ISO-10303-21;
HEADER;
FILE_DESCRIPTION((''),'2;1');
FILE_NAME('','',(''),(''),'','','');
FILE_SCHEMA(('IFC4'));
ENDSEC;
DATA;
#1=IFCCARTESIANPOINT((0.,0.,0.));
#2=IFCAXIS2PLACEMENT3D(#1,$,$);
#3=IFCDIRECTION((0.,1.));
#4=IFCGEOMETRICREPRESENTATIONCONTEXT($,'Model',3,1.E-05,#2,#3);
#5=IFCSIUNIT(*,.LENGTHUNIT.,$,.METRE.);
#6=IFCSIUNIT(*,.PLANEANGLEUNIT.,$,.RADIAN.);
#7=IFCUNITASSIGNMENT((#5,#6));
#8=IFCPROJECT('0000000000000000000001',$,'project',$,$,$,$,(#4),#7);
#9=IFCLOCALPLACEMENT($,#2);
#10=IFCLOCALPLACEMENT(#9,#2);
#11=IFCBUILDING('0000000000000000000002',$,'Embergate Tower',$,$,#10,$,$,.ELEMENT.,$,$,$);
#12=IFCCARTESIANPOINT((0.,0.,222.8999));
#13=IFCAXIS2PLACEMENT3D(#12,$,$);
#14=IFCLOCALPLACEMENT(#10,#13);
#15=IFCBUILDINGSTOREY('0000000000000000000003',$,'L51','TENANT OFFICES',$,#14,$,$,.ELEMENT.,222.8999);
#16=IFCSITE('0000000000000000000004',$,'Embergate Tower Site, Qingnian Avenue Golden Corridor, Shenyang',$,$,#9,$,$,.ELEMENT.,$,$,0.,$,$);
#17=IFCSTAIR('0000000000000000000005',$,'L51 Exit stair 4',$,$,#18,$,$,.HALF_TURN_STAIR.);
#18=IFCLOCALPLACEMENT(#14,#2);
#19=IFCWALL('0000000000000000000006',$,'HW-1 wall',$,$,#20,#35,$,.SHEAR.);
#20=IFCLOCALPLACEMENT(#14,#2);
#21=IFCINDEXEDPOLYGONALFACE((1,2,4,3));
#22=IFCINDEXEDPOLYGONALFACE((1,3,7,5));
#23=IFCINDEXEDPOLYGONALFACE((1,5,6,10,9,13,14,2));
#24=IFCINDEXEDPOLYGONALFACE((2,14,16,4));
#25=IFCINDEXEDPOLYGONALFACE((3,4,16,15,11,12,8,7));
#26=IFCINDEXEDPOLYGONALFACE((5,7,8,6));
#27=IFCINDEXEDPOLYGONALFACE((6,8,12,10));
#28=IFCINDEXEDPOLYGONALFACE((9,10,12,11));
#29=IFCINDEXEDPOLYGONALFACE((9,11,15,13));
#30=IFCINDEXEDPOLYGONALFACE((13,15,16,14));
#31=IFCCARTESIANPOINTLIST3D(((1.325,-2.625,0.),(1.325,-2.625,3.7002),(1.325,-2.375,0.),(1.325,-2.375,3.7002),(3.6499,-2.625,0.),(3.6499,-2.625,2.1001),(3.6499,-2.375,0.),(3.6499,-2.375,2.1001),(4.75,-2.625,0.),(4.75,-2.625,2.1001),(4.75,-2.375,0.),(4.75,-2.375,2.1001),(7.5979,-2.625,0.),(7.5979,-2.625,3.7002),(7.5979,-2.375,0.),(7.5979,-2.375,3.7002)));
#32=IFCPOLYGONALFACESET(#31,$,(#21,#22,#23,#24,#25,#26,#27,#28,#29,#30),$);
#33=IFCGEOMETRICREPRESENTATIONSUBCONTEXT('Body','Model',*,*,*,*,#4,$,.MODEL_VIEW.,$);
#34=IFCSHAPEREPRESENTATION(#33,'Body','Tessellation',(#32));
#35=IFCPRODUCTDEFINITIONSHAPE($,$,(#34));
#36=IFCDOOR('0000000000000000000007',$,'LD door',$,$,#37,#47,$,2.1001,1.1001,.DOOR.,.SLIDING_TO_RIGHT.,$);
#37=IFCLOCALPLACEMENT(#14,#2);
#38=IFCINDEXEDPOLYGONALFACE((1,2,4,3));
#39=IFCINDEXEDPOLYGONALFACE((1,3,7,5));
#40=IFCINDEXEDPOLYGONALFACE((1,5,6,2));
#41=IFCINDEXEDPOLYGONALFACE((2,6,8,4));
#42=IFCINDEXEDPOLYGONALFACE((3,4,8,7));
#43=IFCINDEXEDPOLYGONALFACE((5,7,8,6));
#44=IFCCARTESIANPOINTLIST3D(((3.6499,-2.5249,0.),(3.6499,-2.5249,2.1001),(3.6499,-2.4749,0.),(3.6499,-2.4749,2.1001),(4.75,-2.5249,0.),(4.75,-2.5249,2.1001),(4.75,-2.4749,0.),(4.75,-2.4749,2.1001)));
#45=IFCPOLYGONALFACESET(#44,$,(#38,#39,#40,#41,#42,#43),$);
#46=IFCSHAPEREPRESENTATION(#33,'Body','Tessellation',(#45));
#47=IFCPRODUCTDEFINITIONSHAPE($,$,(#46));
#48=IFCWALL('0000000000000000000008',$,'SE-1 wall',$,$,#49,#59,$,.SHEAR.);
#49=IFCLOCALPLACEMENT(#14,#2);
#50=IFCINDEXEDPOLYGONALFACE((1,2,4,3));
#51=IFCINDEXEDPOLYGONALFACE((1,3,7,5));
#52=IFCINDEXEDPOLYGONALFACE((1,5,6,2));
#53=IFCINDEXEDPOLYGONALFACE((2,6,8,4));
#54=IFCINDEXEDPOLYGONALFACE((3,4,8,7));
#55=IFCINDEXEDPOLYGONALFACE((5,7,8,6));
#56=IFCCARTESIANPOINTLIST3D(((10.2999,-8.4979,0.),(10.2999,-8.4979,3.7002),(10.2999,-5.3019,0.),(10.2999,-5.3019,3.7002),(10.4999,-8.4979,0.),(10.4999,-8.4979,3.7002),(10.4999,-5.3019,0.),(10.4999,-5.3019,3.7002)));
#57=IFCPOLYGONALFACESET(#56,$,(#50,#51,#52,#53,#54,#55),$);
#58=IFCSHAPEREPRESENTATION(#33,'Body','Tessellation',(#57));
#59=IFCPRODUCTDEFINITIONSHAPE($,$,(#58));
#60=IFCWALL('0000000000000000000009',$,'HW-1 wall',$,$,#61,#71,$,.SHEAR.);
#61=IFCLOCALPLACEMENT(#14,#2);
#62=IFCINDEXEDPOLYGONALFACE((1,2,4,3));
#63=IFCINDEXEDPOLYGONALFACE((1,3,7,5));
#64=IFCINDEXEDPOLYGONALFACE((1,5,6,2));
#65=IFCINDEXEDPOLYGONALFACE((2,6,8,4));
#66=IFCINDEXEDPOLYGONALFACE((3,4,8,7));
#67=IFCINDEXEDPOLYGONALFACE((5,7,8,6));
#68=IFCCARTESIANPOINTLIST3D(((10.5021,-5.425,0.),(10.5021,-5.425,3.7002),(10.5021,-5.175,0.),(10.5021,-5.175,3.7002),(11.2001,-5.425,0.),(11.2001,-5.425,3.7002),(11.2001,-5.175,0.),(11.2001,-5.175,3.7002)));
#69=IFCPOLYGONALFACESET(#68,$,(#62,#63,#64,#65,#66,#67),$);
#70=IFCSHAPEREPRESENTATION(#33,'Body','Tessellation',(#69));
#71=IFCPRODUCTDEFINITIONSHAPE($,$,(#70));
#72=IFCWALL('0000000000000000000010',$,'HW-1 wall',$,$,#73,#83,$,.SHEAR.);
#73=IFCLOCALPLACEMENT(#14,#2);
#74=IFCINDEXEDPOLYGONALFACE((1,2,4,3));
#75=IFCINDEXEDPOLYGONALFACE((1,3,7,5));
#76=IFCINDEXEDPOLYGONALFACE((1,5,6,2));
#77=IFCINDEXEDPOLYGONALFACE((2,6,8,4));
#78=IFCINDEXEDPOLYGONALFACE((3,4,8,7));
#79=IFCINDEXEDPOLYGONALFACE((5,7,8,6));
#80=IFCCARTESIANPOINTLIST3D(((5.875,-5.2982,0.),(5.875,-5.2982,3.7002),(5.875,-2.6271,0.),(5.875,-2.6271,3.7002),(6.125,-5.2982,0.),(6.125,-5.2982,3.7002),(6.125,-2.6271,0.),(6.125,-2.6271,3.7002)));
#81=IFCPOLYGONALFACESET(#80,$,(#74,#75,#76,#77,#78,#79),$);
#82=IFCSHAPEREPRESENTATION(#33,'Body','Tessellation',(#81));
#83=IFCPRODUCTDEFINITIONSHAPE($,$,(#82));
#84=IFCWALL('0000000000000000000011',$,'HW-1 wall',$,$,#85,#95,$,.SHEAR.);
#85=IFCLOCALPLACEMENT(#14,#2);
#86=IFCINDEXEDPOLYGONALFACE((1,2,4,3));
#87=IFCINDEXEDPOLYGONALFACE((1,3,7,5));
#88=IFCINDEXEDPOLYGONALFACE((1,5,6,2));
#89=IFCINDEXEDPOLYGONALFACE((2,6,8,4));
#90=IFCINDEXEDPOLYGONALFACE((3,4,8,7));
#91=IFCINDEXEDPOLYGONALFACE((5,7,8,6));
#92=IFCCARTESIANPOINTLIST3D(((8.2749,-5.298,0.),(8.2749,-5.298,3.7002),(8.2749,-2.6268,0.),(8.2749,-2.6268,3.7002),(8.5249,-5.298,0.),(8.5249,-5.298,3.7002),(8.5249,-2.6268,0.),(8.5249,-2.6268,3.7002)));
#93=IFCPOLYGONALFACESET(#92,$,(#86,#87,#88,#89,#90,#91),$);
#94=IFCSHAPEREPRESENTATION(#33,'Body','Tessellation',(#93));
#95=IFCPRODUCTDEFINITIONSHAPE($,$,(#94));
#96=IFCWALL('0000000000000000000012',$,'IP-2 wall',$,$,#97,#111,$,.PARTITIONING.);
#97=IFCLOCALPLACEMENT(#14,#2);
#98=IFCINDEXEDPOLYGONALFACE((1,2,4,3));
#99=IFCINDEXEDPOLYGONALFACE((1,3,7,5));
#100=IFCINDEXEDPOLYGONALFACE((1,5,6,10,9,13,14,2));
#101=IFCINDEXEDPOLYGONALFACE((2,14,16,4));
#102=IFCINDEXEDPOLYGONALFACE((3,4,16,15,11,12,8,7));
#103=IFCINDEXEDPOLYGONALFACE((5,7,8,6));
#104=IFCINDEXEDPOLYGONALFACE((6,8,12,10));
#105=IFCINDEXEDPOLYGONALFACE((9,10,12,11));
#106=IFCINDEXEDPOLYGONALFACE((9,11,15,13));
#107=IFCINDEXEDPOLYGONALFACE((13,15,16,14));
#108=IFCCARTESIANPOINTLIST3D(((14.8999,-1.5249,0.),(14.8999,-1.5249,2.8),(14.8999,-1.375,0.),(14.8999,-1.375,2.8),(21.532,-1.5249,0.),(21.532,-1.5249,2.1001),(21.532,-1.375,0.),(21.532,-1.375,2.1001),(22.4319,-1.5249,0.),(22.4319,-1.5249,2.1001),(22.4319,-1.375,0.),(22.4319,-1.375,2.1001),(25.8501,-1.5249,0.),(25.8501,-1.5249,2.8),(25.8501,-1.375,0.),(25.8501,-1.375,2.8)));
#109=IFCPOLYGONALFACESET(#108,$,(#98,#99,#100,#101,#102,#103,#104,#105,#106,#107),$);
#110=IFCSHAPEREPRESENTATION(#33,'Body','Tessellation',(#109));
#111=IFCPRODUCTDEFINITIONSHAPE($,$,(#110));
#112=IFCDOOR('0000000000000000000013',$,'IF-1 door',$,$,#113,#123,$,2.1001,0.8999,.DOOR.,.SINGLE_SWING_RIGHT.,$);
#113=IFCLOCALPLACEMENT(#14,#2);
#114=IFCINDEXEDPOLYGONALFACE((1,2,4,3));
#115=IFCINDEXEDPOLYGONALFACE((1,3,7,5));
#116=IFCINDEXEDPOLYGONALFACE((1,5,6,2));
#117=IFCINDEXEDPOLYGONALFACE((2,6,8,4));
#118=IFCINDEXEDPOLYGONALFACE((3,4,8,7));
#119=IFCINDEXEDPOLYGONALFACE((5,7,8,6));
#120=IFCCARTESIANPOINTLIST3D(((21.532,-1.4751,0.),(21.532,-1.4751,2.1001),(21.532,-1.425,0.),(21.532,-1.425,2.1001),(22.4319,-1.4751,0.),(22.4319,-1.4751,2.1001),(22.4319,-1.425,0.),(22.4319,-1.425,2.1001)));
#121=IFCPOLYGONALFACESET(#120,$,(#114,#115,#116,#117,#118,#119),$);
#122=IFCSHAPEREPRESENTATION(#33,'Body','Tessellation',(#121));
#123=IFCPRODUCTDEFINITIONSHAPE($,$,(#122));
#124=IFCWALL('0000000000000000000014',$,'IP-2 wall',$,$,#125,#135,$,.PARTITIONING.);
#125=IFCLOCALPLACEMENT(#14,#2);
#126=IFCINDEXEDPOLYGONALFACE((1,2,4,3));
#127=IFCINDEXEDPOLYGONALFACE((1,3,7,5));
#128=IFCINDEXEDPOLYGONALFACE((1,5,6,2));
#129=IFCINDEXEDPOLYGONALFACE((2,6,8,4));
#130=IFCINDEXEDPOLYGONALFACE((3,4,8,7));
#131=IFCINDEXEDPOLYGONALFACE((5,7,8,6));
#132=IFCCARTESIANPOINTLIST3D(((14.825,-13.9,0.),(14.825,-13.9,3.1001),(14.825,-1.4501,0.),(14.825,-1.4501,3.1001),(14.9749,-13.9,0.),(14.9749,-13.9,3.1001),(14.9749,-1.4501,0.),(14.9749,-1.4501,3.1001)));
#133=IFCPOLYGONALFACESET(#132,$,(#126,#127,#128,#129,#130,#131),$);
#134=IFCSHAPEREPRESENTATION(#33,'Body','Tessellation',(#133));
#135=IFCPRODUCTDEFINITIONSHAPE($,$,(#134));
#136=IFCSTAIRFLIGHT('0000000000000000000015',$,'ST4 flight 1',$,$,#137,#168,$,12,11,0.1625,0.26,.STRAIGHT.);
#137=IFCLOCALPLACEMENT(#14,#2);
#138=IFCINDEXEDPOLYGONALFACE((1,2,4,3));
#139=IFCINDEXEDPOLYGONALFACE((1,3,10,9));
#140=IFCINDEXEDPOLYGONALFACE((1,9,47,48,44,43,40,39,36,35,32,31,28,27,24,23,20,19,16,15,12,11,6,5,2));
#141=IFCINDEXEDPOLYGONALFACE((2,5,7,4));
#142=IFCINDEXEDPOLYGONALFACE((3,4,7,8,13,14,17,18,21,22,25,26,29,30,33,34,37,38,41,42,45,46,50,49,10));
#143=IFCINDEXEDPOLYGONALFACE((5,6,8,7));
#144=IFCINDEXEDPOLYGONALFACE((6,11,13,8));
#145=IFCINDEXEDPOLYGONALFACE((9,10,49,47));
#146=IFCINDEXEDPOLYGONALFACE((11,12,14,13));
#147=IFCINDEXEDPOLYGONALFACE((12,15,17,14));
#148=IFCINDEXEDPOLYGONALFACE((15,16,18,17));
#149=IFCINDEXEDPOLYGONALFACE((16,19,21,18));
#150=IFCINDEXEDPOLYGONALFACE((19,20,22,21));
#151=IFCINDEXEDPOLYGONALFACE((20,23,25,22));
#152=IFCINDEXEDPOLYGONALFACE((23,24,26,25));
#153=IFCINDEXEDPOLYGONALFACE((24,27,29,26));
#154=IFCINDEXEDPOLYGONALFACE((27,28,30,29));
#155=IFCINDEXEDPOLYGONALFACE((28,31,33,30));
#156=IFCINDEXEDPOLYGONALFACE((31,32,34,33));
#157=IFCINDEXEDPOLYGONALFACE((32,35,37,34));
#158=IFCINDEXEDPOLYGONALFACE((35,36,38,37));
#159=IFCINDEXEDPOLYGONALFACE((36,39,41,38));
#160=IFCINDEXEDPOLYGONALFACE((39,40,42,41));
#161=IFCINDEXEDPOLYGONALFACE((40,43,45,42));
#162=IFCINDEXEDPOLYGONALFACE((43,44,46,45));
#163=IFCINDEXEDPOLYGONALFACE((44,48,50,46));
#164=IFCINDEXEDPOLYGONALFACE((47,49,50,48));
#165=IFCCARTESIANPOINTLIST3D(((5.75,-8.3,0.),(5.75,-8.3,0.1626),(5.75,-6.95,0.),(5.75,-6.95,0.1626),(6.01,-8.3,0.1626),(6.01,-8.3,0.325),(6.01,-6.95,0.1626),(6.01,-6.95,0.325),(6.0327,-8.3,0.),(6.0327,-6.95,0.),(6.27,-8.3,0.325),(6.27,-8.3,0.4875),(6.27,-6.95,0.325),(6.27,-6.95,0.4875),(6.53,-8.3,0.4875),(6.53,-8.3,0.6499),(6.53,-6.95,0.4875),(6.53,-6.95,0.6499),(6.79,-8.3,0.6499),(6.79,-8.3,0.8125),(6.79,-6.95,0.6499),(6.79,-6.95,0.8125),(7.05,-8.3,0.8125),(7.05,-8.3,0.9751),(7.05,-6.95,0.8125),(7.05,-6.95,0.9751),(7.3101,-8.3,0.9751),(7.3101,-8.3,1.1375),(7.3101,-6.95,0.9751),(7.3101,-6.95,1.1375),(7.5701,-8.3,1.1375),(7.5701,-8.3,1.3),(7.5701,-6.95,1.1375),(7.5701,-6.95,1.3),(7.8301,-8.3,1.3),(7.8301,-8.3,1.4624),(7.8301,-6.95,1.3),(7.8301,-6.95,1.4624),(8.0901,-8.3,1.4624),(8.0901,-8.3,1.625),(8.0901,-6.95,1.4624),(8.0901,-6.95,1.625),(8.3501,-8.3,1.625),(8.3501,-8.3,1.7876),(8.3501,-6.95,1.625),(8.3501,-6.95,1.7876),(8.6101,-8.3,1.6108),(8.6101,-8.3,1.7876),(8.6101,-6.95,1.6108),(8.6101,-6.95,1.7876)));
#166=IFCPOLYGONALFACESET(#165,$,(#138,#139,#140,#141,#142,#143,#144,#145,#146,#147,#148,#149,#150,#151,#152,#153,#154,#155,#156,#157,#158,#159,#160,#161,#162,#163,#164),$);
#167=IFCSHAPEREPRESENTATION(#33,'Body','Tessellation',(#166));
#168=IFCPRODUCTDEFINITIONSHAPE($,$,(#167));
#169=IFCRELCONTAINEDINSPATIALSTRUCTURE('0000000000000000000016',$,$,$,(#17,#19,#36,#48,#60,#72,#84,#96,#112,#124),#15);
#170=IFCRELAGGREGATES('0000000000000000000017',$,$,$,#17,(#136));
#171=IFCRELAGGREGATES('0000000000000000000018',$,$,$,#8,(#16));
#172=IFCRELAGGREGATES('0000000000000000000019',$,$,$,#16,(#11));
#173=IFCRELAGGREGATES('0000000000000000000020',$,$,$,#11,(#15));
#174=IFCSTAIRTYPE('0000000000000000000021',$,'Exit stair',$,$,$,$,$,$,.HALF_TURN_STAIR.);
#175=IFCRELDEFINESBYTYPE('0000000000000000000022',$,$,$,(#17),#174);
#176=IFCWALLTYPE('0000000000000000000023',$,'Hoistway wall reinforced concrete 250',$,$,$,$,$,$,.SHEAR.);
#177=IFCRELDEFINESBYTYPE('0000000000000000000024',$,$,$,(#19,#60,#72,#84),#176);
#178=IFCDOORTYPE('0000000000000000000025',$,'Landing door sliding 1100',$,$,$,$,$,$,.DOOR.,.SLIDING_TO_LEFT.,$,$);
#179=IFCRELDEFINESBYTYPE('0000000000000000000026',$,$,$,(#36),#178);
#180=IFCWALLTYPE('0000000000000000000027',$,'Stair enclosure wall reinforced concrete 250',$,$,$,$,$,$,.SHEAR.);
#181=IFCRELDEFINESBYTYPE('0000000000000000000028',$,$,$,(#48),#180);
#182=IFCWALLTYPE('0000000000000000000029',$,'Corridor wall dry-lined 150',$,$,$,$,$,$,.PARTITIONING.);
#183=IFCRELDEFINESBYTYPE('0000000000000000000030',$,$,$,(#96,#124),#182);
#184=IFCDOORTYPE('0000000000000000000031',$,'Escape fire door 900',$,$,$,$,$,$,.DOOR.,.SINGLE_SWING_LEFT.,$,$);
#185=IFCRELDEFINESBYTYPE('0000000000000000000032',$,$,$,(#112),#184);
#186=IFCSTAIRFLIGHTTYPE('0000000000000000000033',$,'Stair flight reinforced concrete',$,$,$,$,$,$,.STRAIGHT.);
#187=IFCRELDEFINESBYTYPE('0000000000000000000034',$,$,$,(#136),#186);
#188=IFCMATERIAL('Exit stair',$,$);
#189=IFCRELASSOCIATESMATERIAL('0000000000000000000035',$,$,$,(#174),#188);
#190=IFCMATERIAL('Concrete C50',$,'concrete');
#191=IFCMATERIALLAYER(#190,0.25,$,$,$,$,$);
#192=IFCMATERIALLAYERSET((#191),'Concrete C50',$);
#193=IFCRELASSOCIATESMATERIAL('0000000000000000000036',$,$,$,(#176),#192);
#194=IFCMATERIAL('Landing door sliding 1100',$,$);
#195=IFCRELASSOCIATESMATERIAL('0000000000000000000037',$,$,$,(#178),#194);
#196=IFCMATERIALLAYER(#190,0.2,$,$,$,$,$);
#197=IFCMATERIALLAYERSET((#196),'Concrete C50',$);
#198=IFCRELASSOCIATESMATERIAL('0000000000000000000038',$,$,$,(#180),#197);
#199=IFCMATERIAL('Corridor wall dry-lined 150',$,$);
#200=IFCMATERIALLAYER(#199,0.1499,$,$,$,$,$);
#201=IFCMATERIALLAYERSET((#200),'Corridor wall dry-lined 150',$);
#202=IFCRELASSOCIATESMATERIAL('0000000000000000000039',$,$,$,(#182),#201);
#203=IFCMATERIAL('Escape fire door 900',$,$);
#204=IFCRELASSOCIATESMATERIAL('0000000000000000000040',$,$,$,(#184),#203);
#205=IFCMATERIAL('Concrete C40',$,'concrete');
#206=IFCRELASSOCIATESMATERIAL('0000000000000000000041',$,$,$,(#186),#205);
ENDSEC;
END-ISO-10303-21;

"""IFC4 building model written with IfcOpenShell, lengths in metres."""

from ifc_helpers import new_model, si_unit, direction, frame, frame_2d, origin, place, context, subcontext, project, spatial, polyline, rectangle, outline, extrude, source, transform, mapped, material, layer, layer_set, type_object, element, fill, aggregate, save


model = new_model("IFC4")

# Units and contexts
model_context = context("Model", 3, precision=1e-05, world=origin(), true_north=direction((0.0, 1.0)))
body_context = subcontext(model_context, "Body", "Model", "MODEL_VIEW")
ifc_project = project(units=[si_unit("LENGTHUNIT", "METRE"), si_unit("PLANEANGLEUNIT", "RADIAN")], contexts=[model_context])

# Site, building, storey
site_placement = place(None, origin())
site = spatial("IfcSite", under=ifc_project, at=site_placement, Name="Embergate Tower Site, Qingnian Avenue Golden Corridor, Shenyang", CompositionType="ELEMENT", RefElevation=0.0)
building_placement = place(site_placement, origin())
building = spatial("IfcBuilding", under=site, at=building_placement, Name="Embergate Tower", CompositionType="ELEMENT")
storey_placement = place(building_placement, frame((0.0, 0.0, 222.8999)))
storey = spatial("IfcBuildingStorey", under=building, at=storey_placement, Name="L51", Description="TENANT OFFICES", CompositionType="ELEMENT", Elevation=222.8999)

# Stair
ifc_material_1 = material(Name="Exit stair")
stair_type = type_object("IfcStairType", Name="Exit stair", PredefinedType="HALF_TURN_STAIR", material=ifc_material_1)
stair_placement = place(storey_placement, origin())
stair = element("IfcStair", 1, at=stair_placement, inside=storey, type_object=stair_type, Name="L51 Exit stair 4", PredefinedType="HALF_TURN_STAIR")
ifc_material_2 = material(Name="Concrete C40", Category="concrete")

# Shared definitions
ifc_material_3 = material(Name="Concrete C50", Category="concrete")
ifc_layer_1 = layer(ifc_material_3, 0.25)
ifc_layer_set_1 = layer_set([ifc_layer_1], Name="Concrete C50")
wall_type_1 = type_object("IfcWallType", Name="Hoistway wall reinforced concrete 250", PredefinedType="SHEAR", material=ifc_layer_set_1)

# Wall, opening, door
shared_shape_1 = source(origin(), body_context, "Body", "SweptSolid", [
    extrude(rectangle(XDim=1.1001, YDim=2.1001, at=frame_2d((0.55, 1.05))), frame((0.0, 0.135, 0.0), z_axis=(0.0, -1.0, 0.0), x_axis=(1.0, 0.0, 0.0)), (0.0, 0.0, 1.0), 0.27),
])
ifc_material_4 = material(Name="Landing door sliding 1100")
door_type_1 = type_object("IfcDoorType", Name="Landing door sliding 1100", OperationType="SLIDING_TO_LEFT", PredefinedType="DOOR", material=ifc_material_4)
shared_shape_2 = source(origin(), body_context, "Body", "SweptSolid", [
    extrude(rectangle(XDim=1.1001, YDim=2.1001, at=frame_2d((0.55, 1.05))), frame((0.0, 0.0249, 0.0), z_axis=(0.0, -1.0, 0.0), x_axis=(1.0, 0.0, 0.0)), (0.0, 0.0, 1.0), 0.05),
])
shared_shape_3 = source(origin(), body_context, "Body", "SweptSolid", [
    extrude(rectangle(XDim=6.2729, YDim=0.25, at=frame_2d((3.1365, 0.0))), origin(), (0.0, 0.0, 1.0), 3.7002),
])
wall_1_placement = place(storey_placement, frame((7.5979, -2.5, 0.0), z_axis=(0.0, 0.0, 1.0), x_axis=(-1.0, 0.0, 0.0)))
wall_1 = element("IfcWall", 2, at=wall_1_placement, inside=storey, type_object=wall_type_1, Name="HW-1 wall", PredefinedType="SHEAR", context=body_context, shape_type="MappedRepresentation", body=[
    mapped(shared_shape_3, transform((0.0, 0.0, 0.0))),
])
opening_1_placement = place(wall_1_placement, frame((2.8479, 0.0, 0.0)))
opening_1 = element("IfcOpeningElement", 3, at=opening_1_placement, cuts=wall_1, PredefinedType="OPENING", context=body_context, shape_type="MappedRepresentation", body=[
    mapped(shared_shape_1, transform((0.0, 0.0, 0.0))),
])
door_1_placement = place(opening_1_placement, origin())
door_1 = element("IfcDoor", 4, at=door_1_placement, inside=storey, type_object=door_type_1, Name="LD door", OperationType="SLIDING_TO_RIGHT", OverallHeight=2.1001, OverallWidth=1.1001, PredefinedType="DOOR", context=body_context, shape_type="MappedRepresentation", body=[
    mapped(shared_shape_2, transform((0.0, 0.0, 0.0))),
])
fill(opening_1, door_1)

# Walls
ifc_layer_2 = layer(ifc_material_3, 0.2)
ifc_layer_set_2 = layer_set([ifc_layer_2], Name="Concrete C50")
wall_type_2 = type_object("IfcWallType", Name="Stair enclosure wall reinforced concrete 250", PredefinedType="SHEAR", material=ifc_layer_set_2)
shared_shape_4 = source(origin(), body_context, "Body", "SweptSolid", [
    extrude(rectangle(XDim=3.196, YDim=0.2, at=frame_2d((1.5981, 0.0))), origin(), (0.0, 0.0, 1.0), 3.7002),
])
wall_2_placement = place(storey_placement, frame((10.3999, -8.498, 0.0), z_axis=(0.0, 0.0, 1.0), x_axis=(0.0, 1.0, 0.0)))
element("IfcWall", 5, at=wall_2_placement, inside=storey, type_object=wall_type_2, Name="SE-1 wall", PredefinedType="SHEAR", context=body_context, shape_type="MappedRepresentation", body=[
    mapped(shared_shape_4, transform((0.0, 0.0, 0.0))),
])
shared_shape_5 = source(origin(), body_context, "Body", "SweptSolid", [
    extrude(rectangle(XDim=0.698, YDim=0.25, at=frame_2d((0.3491, 0.0))), origin(), (0.0, 0.0, 1.0), 3.7002),
])
wall_3_placement = place(storey_placement, frame((10.502, -5.3, 0.0), z_axis=(0.0, 0.0, 1.0), x_axis=(1.0, 0.0, 0.0)))
element("IfcWall", 6, at=wall_3_placement, inside=storey, type_object=wall_type_1, Name="HW-1 wall", PredefinedType="SHEAR", context=body_context, shape_type="MappedRepresentation", body=[
    mapped(shared_shape_5, transform((0.0, 0.0, 0.0))),
])
shared_shape_6 = source(origin(), body_context, "Body", "SweptSolid", [
    extrude(rectangle(XDim=2.6711, YDim=0.25, at=frame_2d((1.3354, 0.0))), origin(), (0.0, 0.0, 1.0), 3.7002),
])
for number, where, z_axis, x_axis, name in (
    (7, (6.0, -5.2981, 0.0), (0.0, 0.0, 1.0), (0.0, 1.0, 0.0), "HW-1 wall"),
    (8, (8.3999, -2.627, 0.0), (0.0, 0.0, 1.0), (0.0, -1.0, 0.0), "HW-1 wall"),
):
    element("IfcWall", number, at=place(storey_placement, frame(where, z_axis=z_axis, x_axis=x_axis)), inside=storey, type_object=wall_type_1, Name=name, PredefinedType="SHEAR", context=body_context, shape_type="MappedRepresentation", body=[
        mapped(shared_shape_6, transform((0.0, 0.0, 0.0))),
    ])

# Wall, opening, door
ifc_material_5 = material(Name="Corridor wall dry-lined 150")
ifc_layer_3 = layer(ifc_material_5, 0.1499)
ifc_layer_set_3 = layer_set([ifc_layer_3], Name="Corridor wall dry-lined 150")
wall_type_3 = type_object("IfcWallType", Name="Corridor wall dry-lined 150", PredefinedType="PARTITIONING", material=ifc_layer_set_3)
shared_shape_7 = source(origin(), body_context, "Body", "SweptSolid", [
    extrude(rectangle(XDim=10.9502, YDim=0.1499, at=frame_2d((5.4751, 0.0))), origin(), (0.0, 0.0, 1.0), 2.8),
])
wall_4_placement = place(storey_placement, frame((14.8999, -1.45, 0.0), z_axis=(0.0, 0.0, 1.0), x_axis=(1.0, 0.0, 0.0)))
wall_4 = element("IfcWall", 9, at=wall_4_placement, inside=storey, type_object=wall_type_3, Name="IP-2 wall", PredefinedType="PARTITIONING", context=body_context, shape_type="MappedRepresentation", body=[
    mapped(shared_shape_7, transform((0.0, 0.0, 0.0))),
])
shared_shape_8 = source(origin(), body_context, "Body", "SweptSolid", [
    extrude(rectangle(XDim=0.8999, YDim=2.1001, at=frame_2d((0.45, 1.05))), frame((0.0, 0.085, 0.0), z_axis=(0.0, -1.0, 0.0), x_axis=(1.0, 0.0, 0.0)), (0.0, 0.0, 1.0), 0.1699),
])
opening_2_placement = place(wall_4_placement, frame((6.6321, 0.0, 0.0)))
opening_2 = element("IfcOpeningElement", 10, at=opening_2_placement, cuts=wall_4, PredefinedType="OPENING", context=body_context, shape_type="MappedRepresentation", body=[
    mapped(shared_shape_8, transform((0.0, 0.0, 0.0))),
])
ifc_material_6 = material(Name="Escape fire door 900")
door_type_2 = type_object("IfcDoorType", Name="Escape fire door 900", OperationType="SINGLE_SWING_LEFT", PredefinedType="DOOR", material=ifc_material_6)
shared_shape_9 = source(origin(), body_context, "Body", "SweptSolid", [
    extrude(rectangle(XDim=0.8999, YDim=2.1001, at=frame_2d((0.45, 1.05))), frame((0.0, 0.0249, 0.0), z_axis=(0.0, -1.0, 0.0), x_axis=(1.0, 0.0, 0.0)), (0.0, 0.0, 1.0), 0.05),
])
door_2_placement = place(opening_2_placement, origin())
door_2 = element("IfcDoor", 11, at=door_2_placement, inside=storey, type_object=door_type_2, Name="IF-1 door", OperationType="SINGLE_SWING_RIGHT", OverallHeight=2.1001, OverallWidth=0.8999, PredefinedType="DOOR", context=body_context, shape_type="MappedRepresentation", body=[
    mapped(shared_shape_9, transform((0.0, 0.0, 0.0))),
])
fill(opening_2, door_2)

# Wall
shared_shape_10 = source(origin(), body_context, "Body", "SweptSolid", [
    extrude(rectangle(XDim=12.45, YDim=0.1499, at=frame_2d((6.2251, 0.0))), origin(), (0.0, 0.0, 1.0), 3.1001),
])
wall_5_placement = place(storey_placement, frame((14.8999, -1.45, 0.0), z_axis=(0.0, 0.0, 1.0), x_axis=(0.0, -1.0, 0.0)))
element("IfcWall", 12, at=wall_5_placement, inside=storey, type_object=wall_type_3, Name="IP-2 wall", PredefinedType="PARTITIONING", context=body_context, shape_type="MappedRepresentation", body=[
    mapped(shared_shape_10, transform((0.0, 0.0, 0.0))),
])

# Stair flight
stair_flight_type = type_object("IfcStairFlightType", Name="Stair flight reinforced concrete", PredefinedType="STRAIGHT", material=ifc_material_2)
shared_shape_11 = source(origin(), body_context, "Body", "SweptSolid", [
    extrude(outline(polyline([(0.0, 0.0), (0.0, 0.1626), (0.26, 0.1626), (0.26, 0.325), (0.52, 0.325), (0.52, 0.4875), (0.78, 0.4875), (0.78, 0.6499), (1.04, 0.6499), (1.04, 0.8125), (1.3, 0.8125), (1.3, 0.9751), (1.5601, 0.9751), (1.5601, 1.1375), (1.8201, 1.1375), (1.8201, 1.3), (2.0801, 1.3), (2.0801, 1.4624), (2.3401, 1.4624), (2.3401, 1.625), (2.6001, 1.625), (2.6001, 1.7876), (2.8601, 1.7876), (2.8601, 1.95), (2.8601, 1.6108), (0.2827, 0.0), (0.0, 0.0)])), frame((0.0, 0.675, 0.0), z_axis=(0.0, -1.0, 0.0), x_axis=(1.0, 0.0, 0.0)), (0.0, 0.0, 1.0), 1.3501),
])
stair_flight_1_placement = place(storey_placement, frame((5.75, -7.625, 0.0), z_axis=(0.0, 0.0, 1.0), x_axis=(1.0, 0.0, 0.0)))
stair_flight_1 = element("IfcStairFlight", 13, at=stair_flight_1_placement, type_object=stair_flight_type, Name="ST4 flight 1", NumberOfRisers=12, NumberOfTreads=11, PredefinedType="STRAIGHT", RiserHeight=0.1625, TreadLength=0.26, context=body_context, shape_type="MappedRepresentation", body=[
    mapped(shared_shape_11, transform((0.0, 0.0, 0.0))),
])
aggregate(stair, [stair_flight_1])

save(model, "model.ifc")
